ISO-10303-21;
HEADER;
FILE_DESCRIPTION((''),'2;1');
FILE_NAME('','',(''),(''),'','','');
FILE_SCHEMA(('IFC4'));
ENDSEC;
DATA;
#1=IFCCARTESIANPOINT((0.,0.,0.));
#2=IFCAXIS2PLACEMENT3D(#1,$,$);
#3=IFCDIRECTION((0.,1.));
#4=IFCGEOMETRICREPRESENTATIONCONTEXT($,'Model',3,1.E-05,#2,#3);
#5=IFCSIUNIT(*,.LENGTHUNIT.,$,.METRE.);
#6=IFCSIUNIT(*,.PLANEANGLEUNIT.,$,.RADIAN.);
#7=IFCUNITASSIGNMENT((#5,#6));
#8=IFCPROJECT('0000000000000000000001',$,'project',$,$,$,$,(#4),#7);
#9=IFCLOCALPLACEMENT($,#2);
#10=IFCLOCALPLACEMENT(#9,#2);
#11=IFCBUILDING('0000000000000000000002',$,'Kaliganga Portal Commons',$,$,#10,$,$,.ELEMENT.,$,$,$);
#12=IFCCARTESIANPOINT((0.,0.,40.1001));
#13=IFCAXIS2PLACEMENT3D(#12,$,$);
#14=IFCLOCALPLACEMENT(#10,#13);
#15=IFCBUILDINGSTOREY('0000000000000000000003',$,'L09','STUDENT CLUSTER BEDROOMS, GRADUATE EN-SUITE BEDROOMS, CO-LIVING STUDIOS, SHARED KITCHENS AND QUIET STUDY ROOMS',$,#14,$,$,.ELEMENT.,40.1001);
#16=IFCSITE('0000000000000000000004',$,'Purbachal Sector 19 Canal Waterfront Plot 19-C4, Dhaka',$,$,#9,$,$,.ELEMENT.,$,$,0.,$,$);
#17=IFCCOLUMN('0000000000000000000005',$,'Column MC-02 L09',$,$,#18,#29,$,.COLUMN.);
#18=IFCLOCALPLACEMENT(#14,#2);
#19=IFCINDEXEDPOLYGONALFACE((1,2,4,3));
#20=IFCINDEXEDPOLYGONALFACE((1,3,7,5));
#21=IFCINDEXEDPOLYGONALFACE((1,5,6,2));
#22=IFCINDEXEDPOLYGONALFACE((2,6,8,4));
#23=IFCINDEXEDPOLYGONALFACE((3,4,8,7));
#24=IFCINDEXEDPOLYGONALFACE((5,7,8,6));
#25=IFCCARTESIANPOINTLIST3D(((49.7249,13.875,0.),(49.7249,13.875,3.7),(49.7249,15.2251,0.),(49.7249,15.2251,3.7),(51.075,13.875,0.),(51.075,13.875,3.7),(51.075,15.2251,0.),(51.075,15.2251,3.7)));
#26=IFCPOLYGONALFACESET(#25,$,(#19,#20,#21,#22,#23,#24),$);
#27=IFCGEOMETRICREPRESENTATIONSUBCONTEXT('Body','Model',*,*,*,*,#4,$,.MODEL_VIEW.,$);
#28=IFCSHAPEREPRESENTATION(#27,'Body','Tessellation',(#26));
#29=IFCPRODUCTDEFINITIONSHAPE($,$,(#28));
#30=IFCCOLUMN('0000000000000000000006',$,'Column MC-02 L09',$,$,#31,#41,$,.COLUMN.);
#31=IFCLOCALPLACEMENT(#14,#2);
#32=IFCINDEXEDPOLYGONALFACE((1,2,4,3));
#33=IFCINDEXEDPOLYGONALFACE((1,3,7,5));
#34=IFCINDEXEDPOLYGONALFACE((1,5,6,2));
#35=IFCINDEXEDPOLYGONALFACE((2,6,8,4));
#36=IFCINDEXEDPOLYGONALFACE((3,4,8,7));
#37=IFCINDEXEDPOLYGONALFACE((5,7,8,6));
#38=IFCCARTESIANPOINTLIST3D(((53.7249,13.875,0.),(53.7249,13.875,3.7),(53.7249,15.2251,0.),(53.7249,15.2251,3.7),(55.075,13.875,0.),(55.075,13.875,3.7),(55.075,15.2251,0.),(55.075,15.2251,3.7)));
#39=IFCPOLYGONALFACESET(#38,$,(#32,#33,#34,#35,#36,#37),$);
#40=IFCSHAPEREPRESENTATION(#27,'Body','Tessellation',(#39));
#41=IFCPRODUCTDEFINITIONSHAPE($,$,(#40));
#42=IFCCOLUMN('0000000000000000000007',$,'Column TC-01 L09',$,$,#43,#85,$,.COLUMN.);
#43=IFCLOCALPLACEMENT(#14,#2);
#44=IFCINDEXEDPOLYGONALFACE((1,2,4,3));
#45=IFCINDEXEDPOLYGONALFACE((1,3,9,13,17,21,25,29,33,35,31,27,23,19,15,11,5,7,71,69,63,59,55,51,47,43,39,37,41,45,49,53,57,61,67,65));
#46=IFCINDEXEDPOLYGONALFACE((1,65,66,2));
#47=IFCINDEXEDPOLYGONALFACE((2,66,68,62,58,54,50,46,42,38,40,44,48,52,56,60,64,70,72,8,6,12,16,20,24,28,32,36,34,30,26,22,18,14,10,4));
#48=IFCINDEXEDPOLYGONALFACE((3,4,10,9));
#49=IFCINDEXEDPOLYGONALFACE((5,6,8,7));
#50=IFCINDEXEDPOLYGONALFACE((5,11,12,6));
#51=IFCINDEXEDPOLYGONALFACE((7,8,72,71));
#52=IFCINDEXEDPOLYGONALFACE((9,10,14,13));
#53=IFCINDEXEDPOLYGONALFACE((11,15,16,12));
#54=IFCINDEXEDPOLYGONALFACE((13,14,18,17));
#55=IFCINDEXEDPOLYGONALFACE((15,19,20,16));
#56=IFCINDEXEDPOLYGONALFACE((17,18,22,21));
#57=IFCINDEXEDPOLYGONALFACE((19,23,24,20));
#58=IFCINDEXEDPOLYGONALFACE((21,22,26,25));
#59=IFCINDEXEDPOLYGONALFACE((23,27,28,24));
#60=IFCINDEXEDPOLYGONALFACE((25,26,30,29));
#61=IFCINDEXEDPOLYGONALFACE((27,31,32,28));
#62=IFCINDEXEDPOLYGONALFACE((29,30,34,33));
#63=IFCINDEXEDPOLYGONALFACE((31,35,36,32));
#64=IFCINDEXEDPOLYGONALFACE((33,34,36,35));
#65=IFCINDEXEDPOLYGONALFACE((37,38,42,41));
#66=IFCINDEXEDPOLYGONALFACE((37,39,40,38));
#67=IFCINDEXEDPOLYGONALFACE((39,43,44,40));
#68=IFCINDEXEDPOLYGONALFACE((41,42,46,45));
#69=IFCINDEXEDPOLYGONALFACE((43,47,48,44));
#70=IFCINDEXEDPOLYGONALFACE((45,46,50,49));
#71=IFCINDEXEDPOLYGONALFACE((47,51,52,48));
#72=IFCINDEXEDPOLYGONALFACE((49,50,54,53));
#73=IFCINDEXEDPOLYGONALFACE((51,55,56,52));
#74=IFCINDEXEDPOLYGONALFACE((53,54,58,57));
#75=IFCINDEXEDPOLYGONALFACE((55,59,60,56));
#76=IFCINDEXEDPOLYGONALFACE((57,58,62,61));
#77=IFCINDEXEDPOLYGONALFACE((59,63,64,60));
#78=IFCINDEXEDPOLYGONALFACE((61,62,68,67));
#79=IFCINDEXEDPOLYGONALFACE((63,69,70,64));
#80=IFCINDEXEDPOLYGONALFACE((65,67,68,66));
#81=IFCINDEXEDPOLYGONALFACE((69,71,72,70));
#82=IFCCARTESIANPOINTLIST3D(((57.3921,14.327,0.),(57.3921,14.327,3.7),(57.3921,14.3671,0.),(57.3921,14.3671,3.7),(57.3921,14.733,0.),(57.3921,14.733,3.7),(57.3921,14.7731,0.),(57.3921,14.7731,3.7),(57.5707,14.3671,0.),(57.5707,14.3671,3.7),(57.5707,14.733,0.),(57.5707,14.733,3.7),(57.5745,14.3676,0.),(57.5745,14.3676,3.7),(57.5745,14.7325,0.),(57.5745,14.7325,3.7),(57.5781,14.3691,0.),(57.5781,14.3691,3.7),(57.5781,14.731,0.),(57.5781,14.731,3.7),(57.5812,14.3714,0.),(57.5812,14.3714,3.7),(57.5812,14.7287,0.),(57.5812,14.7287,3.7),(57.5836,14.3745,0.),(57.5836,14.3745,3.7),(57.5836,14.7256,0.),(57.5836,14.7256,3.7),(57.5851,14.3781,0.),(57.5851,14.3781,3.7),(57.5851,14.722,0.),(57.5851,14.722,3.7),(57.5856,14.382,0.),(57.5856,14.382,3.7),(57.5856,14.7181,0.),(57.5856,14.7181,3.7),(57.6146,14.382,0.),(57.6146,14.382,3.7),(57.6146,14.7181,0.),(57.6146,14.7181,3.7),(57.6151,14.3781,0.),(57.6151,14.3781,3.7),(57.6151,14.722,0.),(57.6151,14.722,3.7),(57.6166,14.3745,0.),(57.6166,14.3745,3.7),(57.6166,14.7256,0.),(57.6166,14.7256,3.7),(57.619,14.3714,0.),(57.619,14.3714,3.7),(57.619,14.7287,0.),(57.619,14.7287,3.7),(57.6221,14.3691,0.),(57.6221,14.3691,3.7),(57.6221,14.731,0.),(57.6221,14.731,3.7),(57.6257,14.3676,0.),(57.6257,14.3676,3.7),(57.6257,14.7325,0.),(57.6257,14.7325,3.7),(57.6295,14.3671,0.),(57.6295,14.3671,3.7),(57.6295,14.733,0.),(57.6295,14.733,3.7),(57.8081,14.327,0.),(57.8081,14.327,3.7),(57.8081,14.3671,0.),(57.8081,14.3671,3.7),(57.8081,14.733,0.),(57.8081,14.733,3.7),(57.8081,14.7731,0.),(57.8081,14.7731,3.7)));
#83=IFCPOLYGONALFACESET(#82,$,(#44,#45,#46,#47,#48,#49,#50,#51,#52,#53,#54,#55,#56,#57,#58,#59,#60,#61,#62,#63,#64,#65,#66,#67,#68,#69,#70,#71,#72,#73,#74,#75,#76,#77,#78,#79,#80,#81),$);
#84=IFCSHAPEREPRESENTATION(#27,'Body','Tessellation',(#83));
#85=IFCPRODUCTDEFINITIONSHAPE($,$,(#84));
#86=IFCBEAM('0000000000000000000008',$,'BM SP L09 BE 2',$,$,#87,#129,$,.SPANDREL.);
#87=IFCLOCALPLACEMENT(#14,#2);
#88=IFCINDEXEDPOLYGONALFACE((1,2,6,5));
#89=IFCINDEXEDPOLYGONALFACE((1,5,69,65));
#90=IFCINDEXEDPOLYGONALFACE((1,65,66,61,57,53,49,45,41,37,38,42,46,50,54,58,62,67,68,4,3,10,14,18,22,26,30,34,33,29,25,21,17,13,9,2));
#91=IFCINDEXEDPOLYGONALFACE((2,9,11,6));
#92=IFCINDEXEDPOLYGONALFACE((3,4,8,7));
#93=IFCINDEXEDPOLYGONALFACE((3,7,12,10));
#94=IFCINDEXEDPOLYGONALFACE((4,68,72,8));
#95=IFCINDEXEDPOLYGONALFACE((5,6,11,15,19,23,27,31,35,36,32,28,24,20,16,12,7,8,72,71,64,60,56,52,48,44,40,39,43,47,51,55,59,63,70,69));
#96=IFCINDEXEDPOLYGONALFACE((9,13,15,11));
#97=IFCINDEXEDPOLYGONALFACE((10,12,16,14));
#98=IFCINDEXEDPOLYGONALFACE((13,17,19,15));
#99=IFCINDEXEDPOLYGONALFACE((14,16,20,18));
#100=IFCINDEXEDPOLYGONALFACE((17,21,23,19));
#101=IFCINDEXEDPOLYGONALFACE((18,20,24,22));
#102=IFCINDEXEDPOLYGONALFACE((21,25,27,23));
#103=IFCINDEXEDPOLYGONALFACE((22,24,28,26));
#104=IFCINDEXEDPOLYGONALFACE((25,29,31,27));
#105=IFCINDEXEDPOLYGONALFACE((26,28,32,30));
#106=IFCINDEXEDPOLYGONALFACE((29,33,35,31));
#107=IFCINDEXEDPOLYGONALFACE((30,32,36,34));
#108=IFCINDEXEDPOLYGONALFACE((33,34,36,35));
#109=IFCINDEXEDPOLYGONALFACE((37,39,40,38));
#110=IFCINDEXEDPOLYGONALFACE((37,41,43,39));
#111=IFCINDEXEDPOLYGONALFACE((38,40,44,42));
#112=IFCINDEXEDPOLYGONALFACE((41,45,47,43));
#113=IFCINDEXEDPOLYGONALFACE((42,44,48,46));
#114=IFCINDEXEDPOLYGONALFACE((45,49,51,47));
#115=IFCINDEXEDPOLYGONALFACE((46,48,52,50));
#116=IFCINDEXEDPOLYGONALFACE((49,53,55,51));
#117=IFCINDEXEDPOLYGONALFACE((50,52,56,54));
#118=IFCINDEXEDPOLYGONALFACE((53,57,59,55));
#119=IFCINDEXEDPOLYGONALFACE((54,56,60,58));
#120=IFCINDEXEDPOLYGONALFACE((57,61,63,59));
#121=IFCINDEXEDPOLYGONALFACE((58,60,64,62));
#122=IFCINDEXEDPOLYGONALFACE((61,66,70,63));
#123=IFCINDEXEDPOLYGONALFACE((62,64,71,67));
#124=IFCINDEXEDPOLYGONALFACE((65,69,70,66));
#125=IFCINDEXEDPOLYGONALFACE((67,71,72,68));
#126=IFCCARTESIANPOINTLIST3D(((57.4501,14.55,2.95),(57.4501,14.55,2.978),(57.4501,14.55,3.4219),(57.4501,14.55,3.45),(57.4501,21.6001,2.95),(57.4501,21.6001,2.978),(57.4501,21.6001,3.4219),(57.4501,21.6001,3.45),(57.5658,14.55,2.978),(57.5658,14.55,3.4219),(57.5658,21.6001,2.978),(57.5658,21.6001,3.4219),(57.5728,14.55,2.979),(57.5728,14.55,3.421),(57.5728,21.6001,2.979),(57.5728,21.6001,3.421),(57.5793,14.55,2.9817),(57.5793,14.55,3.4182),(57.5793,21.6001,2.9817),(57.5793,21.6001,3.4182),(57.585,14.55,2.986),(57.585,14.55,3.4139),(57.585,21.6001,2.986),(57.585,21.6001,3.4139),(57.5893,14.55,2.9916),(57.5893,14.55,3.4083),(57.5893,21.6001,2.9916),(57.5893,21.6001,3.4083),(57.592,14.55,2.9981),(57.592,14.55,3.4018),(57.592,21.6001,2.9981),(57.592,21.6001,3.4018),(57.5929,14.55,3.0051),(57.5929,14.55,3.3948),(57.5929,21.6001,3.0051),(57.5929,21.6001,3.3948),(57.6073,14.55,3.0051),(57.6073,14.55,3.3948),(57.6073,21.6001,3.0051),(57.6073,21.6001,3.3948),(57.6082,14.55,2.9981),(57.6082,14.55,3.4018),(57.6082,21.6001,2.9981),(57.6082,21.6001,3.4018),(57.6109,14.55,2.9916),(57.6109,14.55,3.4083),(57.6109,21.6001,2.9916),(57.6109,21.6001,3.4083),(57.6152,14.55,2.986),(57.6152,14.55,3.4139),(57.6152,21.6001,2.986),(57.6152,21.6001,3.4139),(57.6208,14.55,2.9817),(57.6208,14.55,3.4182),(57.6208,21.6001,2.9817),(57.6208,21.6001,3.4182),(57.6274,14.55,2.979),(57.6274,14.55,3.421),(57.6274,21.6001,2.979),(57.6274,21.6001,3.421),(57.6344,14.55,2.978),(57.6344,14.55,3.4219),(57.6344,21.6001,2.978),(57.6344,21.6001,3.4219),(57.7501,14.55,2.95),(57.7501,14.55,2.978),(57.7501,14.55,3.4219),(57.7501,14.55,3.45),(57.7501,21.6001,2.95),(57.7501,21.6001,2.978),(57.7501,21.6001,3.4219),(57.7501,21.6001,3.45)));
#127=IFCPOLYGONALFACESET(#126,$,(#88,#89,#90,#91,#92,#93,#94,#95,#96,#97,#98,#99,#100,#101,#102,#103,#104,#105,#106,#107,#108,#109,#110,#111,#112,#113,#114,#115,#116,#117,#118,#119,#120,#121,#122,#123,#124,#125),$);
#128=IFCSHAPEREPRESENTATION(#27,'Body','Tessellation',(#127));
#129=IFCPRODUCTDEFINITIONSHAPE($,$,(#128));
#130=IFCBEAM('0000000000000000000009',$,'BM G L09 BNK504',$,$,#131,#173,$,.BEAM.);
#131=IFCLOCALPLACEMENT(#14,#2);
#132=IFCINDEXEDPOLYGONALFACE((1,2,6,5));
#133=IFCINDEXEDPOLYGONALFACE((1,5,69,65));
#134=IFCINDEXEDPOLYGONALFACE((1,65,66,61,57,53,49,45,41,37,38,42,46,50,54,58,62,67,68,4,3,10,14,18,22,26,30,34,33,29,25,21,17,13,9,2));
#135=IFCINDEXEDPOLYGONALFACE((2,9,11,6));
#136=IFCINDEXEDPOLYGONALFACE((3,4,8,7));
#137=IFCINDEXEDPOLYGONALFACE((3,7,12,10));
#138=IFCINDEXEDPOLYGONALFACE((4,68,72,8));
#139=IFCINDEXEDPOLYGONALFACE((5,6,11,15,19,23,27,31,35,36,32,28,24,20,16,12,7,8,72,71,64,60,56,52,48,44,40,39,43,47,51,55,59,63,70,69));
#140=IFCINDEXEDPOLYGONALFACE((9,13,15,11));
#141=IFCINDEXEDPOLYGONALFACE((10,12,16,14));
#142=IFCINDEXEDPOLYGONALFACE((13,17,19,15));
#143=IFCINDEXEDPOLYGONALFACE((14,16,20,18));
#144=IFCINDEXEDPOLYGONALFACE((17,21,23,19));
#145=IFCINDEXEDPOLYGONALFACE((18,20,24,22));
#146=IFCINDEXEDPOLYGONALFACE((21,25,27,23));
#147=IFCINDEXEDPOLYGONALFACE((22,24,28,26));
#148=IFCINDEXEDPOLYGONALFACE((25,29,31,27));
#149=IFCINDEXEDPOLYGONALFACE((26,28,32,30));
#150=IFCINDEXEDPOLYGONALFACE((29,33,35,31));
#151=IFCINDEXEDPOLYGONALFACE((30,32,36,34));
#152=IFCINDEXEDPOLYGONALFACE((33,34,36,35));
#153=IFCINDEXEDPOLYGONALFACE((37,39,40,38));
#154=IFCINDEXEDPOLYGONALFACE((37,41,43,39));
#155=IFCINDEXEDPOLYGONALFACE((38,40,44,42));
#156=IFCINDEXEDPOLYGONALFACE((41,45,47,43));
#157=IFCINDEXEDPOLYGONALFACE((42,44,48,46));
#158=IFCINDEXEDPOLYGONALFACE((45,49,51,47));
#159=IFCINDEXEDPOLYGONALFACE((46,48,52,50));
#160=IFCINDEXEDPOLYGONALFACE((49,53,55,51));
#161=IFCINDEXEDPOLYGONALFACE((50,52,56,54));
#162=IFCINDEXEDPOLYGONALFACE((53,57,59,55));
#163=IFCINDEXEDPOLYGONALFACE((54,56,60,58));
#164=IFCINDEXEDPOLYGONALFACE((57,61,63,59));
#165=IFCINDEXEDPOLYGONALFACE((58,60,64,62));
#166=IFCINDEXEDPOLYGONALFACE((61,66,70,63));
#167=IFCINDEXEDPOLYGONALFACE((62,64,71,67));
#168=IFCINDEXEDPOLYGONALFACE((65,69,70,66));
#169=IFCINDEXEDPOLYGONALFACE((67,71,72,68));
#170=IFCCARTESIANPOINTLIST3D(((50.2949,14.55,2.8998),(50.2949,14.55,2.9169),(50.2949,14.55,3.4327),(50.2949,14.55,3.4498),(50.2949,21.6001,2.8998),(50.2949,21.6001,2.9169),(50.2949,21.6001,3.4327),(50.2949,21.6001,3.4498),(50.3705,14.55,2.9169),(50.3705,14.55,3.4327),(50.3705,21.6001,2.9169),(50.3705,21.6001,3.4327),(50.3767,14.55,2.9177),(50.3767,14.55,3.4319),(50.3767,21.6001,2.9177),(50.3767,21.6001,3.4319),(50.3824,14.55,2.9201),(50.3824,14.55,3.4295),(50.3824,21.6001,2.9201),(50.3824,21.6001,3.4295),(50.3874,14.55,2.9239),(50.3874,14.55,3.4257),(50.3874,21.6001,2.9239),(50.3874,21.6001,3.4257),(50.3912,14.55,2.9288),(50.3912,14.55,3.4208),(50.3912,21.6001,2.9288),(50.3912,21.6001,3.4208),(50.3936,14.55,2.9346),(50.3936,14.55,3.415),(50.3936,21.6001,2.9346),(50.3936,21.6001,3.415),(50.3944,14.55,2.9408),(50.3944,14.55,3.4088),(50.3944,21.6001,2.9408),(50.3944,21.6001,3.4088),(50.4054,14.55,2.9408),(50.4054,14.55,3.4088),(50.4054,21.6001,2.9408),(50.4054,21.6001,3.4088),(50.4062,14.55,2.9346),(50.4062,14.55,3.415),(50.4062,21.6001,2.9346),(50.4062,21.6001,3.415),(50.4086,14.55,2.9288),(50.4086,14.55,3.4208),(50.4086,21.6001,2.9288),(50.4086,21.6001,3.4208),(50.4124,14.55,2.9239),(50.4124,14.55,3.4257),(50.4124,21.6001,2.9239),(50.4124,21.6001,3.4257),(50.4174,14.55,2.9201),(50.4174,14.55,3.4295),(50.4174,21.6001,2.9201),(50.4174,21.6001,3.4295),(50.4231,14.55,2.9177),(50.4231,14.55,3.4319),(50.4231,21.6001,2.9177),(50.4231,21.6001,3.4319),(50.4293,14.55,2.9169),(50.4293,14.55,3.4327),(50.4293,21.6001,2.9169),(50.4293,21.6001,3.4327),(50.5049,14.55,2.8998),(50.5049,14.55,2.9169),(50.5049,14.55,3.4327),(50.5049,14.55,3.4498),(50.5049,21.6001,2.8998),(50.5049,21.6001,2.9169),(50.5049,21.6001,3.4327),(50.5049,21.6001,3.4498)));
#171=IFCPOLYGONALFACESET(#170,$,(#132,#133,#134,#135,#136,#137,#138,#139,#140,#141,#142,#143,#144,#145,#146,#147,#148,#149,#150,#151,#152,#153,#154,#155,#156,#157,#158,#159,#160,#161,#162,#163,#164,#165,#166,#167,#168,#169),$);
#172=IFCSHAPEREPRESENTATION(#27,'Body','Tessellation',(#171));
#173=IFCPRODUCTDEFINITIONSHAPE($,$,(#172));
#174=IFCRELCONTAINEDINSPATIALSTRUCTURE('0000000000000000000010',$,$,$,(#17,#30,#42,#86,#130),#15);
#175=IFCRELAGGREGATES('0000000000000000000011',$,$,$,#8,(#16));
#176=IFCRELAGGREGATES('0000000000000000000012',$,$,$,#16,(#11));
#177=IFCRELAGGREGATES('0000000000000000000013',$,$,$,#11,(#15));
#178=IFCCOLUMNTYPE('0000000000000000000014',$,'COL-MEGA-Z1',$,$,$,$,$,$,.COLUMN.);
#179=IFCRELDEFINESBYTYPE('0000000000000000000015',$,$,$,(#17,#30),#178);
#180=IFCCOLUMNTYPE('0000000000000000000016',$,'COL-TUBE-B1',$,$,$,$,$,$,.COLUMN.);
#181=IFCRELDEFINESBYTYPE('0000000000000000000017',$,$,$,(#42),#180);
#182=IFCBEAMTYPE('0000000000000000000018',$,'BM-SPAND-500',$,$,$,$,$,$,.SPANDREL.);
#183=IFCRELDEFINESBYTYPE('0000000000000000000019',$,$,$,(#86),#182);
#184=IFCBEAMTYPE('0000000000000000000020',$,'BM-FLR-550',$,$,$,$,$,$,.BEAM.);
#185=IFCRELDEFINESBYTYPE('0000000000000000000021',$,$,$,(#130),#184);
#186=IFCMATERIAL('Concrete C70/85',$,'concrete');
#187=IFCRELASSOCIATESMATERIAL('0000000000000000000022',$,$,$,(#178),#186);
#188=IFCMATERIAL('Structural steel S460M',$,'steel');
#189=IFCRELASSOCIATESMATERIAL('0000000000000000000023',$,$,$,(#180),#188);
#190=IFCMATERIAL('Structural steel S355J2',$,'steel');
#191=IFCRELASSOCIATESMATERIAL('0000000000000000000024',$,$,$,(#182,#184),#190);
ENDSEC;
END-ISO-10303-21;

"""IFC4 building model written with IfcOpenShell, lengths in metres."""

from ifc_helpers import new_model, si_unit, direction, frame, origin, origin_2d, place, context, subcontext, project, spatial, rectangle, i_section, extrude, source, transform, mapped, material, material_profile, profile_set, type_object, element, save


model = new_model("IFC4")

# Units and contexts
model_context = context("Model", 3, precision=1e-05, world=origin(), true_north=direction((0.0, 1.0)))
body_context = subcontext(model_context, "Body", "Model", "MODEL_VIEW")
ifc_project = project(units=[si_unit("LENGTHUNIT", "METRE"), si_unit("PLANEANGLEUNIT", "RADIAN")], contexts=[model_context])

# Site, building, storey
site_placement = place(None, origin())
site = spatial("IfcSite", under=ifc_project, at=site_placement, Name="Purbachal Sector 19 Canal Waterfront Plot 19-C4, Dhaka", CompositionType="ELEMENT", RefElevation=0.0)
building_placement = place(site_placement, origin())
building = spatial("IfcBuilding", under=site, at=building_placement, Name="Kaliganga Portal Commons", CompositionType="ELEMENT")
storey_placement = place(building_placement, frame((0.0, 0.0, 40.1001)))
storey = spatial("IfcBuildingStorey", under=building, at=storey_placement, Name="L09", Description="STUDENT CLUSTER BEDROOMS, GRADUATE EN-SUITE BEDROOMS, CO-LIVING STUDIOS, SHARED KITCHENS AND QUIET STUDY ROOMS", CompositionType="ELEMENT", Elevation=40.1001)

# Columns
ifc_material_1 = material(Name="Concrete C70/85", Category="concrete")
ifc_material_profile_1 = material_profile(ifc_material_1, rectangle(XDim=1.3501, YDim=1.3501, at=origin_2d()), Name="RC 1350x1350")
ifc_profile_set_1 = profile_set([ifc_material_profile_1], Name="Concrete C70/85")
column_type_1 = type_object("IfcColumnType", Name="COL-MEGA-Z1", PredefinedType="COLUMN", material=ifc_profile_set_1)
shared_shape_1 = source(origin(), body_context, "Body", "SweptSolid", [
    extrude(rectangle(XDim=1.3501, YDim=1.3501, at=origin_2d()), origin(), (0.0, 0.0, 1.0), 3.7),
])
for number, where, z_axis, x_axis, name in (
    (1, (50.3999, 14.55, 0.0), (0.0, 0.0, 1.0), (1.0, 0.0, 0.0), "Column MC-02 L09"),
    (2, (54.3999, 14.55, 0.0), (0.0, 0.0, 1.0), (1.0, 0.0, 0.0), "Column MC-02 L09"),
):
    element("IfcColumn", number, at=place(storey_placement, frame(where, z_axis=z_axis, x_axis=x_axis)), inside=storey, type_object=column_type_1, Name=name, PredefinedType="COLUMN", context=body_context, shape_type="MappedRepresentation", body=[
        mapped(shared_shape_1, transform((0.0, 0.0, 0.0), x_axis=(1.0, 0.0, 0.0), y_axis=(0.0, 1.0, 0.0), z_axis=(0.0, 0.0, 1.0), scale=1.0)),
    ])
ifc_material_2 = material(Name="Structural steel S460M", Category="steel")
ifc_material_profile_2 = material_profile(ifc_material_2, i_section(OverallWidth=0.416, OverallDepth=0.446, WebThickness=0.0291, FlangeThickness=0.04, FilletRadius=0.0149, at=origin_2d()), Name="HD 400x509")
ifc_profile_set_2 = profile_set([ifc_material_profile_2], Name="Structural steel S460M wide-flange")
column_type_2 = type_object("IfcColumnType", Name="COL-TUBE-B1", PredefinedType="COLUMN", material=ifc_profile_set_2)
shared_shape_2 = source(origin(), body_context, "Body", "SweptSolid", [
    extrude(i_section(OverallWidth=0.416, OverallDepth=0.446, WebThickness=0.0291, FlangeThickness=0.04, FilletRadius=0.0149, at=origin_2d()), origin(), (0.0, 0.0, 1.0), 3.7),
])
column_placement = place(storey_placement, frame((57.6001, 14.55, 0.0), z_axis=(0.0, 0.0, 1.0), x_axis=(1.0, 0.0, 0.0)))
element("IfcColumn", 3, at=column_placement, inside=storey, type_object=column_type_2, Name="Column TC-01 L09", PredefinedType="COLUMN", context=body_context, shape_type="MappedRepresentation", body=[
    mapped(shared_shape_2, transform((0.0, 0.0, 0.0), x_axis=(1.0, 0.0, 0.0), y_axis=(0.0, 1.0, 0.0), z_axis=(0.0, 0.0, 1.0), scale=1.0)),
])

# Beams
ifc_material_3 = material(Name="Structural steel S355J2", Category="steel")
ifc_material_profile_3 = material_profile(ifc_material_3, i_section(OverallWidth=0.3, OverallDepth=0.5, WebThickness=0.0144, FlangeThickness=0.0281, FilletRadius=0.0271, at=origin_2d()), Name="HE 500 B")
ifc_profile_set_3 = profile_set([ifc_material_profile_3], Name="Structural steel S355J2 wide-flange")
beam_type_1 = type_object("IfcBeamType", Name="BM-SPAND-500", PredefinedType="SPANDREL", material=ifc_profile_set_3)
shared_shape_3 = source(origin(), body_context, "Body", "SweptSolid", [
    extrude(i_section(OverallWidth=0.3, OverallDepth=0.5, WebThickness=0.0144, FlangeThickness=0.0281, FilletRadius=0.0271, at=origin_2d()), origin(), (0.0, 0.0, 1.0), 7.05),
])
beam_1_placement = place(storey_placement, frame((57.6001, 14.55, 3.2), z_axis=(0.0, 1.0, 0.0), x_axis=(-1.0, 0.0, 0.0)))
element("IfcBeam", 4, at=beam_1_placement, inside=storey, type_object=beam_type_1, Name="BM SP L09 BE 2", PredefinedType="SPANDREL", context=body_context, shape_type="MappedRepresentation", body=[
    mapped(shared_shape_3, transform((0.0, 0.0, 0.0), x_axis=(1.0, 0.0, 0.0), y_axis=(0.0, 1.0, 0.0), z_axis=(0.0, 0.0, 1.0), scale=1.0)),
])
ifc_material_profile_4 = material_profile(ifc_material_3, i_section(OverallWidth=0.21, OverallDepth=0.55, WebThickness=0.011, FlangeThickness=0.0171, FilletRadius=0.0239, at=origin_2d()), Name="IPE 550")
ifc_profile_set_4 = profile_set([ifc_material_profile_4], Name="Structural steel S355J2 wide-flange")
beam_type_2 = type_object("IfcBeamType", Name="BM-FLR-550", PredefinedType="BEAM", material=ifc_profile_set_4)
shared_shape_4 = source(origin(), body_context, "Body", "SweptSolid", [
    extrude(i_section(OverallWidth=0.21, OverallDepth=0.55, WebThickness=0.011, FlangeThickness=0.0171, FilletRadius=0.0239, at=origin_2d()), origin(), (0.0, 0.0, 1.0), 7.05),
])
for number, where, z_axis, x_axis, name in (
    (5, (50.3999, 14.55, 3.1748), (0.0, 1.0, 0.0), (-1.0, 0.0, 0.0), "BM G L09 BNK504"),
):
    element("IfcBeam", number, at=place(storey_placement, frame(where, z_axis=z_axis, x_axis=x_axis)), inside=storey, type_object=beam_type_2, Name=name, PredefinedType="BEAM", context=body_context, shape_type="MappedRepresentation", body=[
        mapped(shared_shape_4, transform((0.0, 0.0, 0.0), x_axis=(1.0, 0.0, 0.0), y_axis=(0.0, 1.0, 0.0), z_axis=(0.0, 0.0, 1.0), scale=1.0)),
    ])

save(model, "model.ifc")
